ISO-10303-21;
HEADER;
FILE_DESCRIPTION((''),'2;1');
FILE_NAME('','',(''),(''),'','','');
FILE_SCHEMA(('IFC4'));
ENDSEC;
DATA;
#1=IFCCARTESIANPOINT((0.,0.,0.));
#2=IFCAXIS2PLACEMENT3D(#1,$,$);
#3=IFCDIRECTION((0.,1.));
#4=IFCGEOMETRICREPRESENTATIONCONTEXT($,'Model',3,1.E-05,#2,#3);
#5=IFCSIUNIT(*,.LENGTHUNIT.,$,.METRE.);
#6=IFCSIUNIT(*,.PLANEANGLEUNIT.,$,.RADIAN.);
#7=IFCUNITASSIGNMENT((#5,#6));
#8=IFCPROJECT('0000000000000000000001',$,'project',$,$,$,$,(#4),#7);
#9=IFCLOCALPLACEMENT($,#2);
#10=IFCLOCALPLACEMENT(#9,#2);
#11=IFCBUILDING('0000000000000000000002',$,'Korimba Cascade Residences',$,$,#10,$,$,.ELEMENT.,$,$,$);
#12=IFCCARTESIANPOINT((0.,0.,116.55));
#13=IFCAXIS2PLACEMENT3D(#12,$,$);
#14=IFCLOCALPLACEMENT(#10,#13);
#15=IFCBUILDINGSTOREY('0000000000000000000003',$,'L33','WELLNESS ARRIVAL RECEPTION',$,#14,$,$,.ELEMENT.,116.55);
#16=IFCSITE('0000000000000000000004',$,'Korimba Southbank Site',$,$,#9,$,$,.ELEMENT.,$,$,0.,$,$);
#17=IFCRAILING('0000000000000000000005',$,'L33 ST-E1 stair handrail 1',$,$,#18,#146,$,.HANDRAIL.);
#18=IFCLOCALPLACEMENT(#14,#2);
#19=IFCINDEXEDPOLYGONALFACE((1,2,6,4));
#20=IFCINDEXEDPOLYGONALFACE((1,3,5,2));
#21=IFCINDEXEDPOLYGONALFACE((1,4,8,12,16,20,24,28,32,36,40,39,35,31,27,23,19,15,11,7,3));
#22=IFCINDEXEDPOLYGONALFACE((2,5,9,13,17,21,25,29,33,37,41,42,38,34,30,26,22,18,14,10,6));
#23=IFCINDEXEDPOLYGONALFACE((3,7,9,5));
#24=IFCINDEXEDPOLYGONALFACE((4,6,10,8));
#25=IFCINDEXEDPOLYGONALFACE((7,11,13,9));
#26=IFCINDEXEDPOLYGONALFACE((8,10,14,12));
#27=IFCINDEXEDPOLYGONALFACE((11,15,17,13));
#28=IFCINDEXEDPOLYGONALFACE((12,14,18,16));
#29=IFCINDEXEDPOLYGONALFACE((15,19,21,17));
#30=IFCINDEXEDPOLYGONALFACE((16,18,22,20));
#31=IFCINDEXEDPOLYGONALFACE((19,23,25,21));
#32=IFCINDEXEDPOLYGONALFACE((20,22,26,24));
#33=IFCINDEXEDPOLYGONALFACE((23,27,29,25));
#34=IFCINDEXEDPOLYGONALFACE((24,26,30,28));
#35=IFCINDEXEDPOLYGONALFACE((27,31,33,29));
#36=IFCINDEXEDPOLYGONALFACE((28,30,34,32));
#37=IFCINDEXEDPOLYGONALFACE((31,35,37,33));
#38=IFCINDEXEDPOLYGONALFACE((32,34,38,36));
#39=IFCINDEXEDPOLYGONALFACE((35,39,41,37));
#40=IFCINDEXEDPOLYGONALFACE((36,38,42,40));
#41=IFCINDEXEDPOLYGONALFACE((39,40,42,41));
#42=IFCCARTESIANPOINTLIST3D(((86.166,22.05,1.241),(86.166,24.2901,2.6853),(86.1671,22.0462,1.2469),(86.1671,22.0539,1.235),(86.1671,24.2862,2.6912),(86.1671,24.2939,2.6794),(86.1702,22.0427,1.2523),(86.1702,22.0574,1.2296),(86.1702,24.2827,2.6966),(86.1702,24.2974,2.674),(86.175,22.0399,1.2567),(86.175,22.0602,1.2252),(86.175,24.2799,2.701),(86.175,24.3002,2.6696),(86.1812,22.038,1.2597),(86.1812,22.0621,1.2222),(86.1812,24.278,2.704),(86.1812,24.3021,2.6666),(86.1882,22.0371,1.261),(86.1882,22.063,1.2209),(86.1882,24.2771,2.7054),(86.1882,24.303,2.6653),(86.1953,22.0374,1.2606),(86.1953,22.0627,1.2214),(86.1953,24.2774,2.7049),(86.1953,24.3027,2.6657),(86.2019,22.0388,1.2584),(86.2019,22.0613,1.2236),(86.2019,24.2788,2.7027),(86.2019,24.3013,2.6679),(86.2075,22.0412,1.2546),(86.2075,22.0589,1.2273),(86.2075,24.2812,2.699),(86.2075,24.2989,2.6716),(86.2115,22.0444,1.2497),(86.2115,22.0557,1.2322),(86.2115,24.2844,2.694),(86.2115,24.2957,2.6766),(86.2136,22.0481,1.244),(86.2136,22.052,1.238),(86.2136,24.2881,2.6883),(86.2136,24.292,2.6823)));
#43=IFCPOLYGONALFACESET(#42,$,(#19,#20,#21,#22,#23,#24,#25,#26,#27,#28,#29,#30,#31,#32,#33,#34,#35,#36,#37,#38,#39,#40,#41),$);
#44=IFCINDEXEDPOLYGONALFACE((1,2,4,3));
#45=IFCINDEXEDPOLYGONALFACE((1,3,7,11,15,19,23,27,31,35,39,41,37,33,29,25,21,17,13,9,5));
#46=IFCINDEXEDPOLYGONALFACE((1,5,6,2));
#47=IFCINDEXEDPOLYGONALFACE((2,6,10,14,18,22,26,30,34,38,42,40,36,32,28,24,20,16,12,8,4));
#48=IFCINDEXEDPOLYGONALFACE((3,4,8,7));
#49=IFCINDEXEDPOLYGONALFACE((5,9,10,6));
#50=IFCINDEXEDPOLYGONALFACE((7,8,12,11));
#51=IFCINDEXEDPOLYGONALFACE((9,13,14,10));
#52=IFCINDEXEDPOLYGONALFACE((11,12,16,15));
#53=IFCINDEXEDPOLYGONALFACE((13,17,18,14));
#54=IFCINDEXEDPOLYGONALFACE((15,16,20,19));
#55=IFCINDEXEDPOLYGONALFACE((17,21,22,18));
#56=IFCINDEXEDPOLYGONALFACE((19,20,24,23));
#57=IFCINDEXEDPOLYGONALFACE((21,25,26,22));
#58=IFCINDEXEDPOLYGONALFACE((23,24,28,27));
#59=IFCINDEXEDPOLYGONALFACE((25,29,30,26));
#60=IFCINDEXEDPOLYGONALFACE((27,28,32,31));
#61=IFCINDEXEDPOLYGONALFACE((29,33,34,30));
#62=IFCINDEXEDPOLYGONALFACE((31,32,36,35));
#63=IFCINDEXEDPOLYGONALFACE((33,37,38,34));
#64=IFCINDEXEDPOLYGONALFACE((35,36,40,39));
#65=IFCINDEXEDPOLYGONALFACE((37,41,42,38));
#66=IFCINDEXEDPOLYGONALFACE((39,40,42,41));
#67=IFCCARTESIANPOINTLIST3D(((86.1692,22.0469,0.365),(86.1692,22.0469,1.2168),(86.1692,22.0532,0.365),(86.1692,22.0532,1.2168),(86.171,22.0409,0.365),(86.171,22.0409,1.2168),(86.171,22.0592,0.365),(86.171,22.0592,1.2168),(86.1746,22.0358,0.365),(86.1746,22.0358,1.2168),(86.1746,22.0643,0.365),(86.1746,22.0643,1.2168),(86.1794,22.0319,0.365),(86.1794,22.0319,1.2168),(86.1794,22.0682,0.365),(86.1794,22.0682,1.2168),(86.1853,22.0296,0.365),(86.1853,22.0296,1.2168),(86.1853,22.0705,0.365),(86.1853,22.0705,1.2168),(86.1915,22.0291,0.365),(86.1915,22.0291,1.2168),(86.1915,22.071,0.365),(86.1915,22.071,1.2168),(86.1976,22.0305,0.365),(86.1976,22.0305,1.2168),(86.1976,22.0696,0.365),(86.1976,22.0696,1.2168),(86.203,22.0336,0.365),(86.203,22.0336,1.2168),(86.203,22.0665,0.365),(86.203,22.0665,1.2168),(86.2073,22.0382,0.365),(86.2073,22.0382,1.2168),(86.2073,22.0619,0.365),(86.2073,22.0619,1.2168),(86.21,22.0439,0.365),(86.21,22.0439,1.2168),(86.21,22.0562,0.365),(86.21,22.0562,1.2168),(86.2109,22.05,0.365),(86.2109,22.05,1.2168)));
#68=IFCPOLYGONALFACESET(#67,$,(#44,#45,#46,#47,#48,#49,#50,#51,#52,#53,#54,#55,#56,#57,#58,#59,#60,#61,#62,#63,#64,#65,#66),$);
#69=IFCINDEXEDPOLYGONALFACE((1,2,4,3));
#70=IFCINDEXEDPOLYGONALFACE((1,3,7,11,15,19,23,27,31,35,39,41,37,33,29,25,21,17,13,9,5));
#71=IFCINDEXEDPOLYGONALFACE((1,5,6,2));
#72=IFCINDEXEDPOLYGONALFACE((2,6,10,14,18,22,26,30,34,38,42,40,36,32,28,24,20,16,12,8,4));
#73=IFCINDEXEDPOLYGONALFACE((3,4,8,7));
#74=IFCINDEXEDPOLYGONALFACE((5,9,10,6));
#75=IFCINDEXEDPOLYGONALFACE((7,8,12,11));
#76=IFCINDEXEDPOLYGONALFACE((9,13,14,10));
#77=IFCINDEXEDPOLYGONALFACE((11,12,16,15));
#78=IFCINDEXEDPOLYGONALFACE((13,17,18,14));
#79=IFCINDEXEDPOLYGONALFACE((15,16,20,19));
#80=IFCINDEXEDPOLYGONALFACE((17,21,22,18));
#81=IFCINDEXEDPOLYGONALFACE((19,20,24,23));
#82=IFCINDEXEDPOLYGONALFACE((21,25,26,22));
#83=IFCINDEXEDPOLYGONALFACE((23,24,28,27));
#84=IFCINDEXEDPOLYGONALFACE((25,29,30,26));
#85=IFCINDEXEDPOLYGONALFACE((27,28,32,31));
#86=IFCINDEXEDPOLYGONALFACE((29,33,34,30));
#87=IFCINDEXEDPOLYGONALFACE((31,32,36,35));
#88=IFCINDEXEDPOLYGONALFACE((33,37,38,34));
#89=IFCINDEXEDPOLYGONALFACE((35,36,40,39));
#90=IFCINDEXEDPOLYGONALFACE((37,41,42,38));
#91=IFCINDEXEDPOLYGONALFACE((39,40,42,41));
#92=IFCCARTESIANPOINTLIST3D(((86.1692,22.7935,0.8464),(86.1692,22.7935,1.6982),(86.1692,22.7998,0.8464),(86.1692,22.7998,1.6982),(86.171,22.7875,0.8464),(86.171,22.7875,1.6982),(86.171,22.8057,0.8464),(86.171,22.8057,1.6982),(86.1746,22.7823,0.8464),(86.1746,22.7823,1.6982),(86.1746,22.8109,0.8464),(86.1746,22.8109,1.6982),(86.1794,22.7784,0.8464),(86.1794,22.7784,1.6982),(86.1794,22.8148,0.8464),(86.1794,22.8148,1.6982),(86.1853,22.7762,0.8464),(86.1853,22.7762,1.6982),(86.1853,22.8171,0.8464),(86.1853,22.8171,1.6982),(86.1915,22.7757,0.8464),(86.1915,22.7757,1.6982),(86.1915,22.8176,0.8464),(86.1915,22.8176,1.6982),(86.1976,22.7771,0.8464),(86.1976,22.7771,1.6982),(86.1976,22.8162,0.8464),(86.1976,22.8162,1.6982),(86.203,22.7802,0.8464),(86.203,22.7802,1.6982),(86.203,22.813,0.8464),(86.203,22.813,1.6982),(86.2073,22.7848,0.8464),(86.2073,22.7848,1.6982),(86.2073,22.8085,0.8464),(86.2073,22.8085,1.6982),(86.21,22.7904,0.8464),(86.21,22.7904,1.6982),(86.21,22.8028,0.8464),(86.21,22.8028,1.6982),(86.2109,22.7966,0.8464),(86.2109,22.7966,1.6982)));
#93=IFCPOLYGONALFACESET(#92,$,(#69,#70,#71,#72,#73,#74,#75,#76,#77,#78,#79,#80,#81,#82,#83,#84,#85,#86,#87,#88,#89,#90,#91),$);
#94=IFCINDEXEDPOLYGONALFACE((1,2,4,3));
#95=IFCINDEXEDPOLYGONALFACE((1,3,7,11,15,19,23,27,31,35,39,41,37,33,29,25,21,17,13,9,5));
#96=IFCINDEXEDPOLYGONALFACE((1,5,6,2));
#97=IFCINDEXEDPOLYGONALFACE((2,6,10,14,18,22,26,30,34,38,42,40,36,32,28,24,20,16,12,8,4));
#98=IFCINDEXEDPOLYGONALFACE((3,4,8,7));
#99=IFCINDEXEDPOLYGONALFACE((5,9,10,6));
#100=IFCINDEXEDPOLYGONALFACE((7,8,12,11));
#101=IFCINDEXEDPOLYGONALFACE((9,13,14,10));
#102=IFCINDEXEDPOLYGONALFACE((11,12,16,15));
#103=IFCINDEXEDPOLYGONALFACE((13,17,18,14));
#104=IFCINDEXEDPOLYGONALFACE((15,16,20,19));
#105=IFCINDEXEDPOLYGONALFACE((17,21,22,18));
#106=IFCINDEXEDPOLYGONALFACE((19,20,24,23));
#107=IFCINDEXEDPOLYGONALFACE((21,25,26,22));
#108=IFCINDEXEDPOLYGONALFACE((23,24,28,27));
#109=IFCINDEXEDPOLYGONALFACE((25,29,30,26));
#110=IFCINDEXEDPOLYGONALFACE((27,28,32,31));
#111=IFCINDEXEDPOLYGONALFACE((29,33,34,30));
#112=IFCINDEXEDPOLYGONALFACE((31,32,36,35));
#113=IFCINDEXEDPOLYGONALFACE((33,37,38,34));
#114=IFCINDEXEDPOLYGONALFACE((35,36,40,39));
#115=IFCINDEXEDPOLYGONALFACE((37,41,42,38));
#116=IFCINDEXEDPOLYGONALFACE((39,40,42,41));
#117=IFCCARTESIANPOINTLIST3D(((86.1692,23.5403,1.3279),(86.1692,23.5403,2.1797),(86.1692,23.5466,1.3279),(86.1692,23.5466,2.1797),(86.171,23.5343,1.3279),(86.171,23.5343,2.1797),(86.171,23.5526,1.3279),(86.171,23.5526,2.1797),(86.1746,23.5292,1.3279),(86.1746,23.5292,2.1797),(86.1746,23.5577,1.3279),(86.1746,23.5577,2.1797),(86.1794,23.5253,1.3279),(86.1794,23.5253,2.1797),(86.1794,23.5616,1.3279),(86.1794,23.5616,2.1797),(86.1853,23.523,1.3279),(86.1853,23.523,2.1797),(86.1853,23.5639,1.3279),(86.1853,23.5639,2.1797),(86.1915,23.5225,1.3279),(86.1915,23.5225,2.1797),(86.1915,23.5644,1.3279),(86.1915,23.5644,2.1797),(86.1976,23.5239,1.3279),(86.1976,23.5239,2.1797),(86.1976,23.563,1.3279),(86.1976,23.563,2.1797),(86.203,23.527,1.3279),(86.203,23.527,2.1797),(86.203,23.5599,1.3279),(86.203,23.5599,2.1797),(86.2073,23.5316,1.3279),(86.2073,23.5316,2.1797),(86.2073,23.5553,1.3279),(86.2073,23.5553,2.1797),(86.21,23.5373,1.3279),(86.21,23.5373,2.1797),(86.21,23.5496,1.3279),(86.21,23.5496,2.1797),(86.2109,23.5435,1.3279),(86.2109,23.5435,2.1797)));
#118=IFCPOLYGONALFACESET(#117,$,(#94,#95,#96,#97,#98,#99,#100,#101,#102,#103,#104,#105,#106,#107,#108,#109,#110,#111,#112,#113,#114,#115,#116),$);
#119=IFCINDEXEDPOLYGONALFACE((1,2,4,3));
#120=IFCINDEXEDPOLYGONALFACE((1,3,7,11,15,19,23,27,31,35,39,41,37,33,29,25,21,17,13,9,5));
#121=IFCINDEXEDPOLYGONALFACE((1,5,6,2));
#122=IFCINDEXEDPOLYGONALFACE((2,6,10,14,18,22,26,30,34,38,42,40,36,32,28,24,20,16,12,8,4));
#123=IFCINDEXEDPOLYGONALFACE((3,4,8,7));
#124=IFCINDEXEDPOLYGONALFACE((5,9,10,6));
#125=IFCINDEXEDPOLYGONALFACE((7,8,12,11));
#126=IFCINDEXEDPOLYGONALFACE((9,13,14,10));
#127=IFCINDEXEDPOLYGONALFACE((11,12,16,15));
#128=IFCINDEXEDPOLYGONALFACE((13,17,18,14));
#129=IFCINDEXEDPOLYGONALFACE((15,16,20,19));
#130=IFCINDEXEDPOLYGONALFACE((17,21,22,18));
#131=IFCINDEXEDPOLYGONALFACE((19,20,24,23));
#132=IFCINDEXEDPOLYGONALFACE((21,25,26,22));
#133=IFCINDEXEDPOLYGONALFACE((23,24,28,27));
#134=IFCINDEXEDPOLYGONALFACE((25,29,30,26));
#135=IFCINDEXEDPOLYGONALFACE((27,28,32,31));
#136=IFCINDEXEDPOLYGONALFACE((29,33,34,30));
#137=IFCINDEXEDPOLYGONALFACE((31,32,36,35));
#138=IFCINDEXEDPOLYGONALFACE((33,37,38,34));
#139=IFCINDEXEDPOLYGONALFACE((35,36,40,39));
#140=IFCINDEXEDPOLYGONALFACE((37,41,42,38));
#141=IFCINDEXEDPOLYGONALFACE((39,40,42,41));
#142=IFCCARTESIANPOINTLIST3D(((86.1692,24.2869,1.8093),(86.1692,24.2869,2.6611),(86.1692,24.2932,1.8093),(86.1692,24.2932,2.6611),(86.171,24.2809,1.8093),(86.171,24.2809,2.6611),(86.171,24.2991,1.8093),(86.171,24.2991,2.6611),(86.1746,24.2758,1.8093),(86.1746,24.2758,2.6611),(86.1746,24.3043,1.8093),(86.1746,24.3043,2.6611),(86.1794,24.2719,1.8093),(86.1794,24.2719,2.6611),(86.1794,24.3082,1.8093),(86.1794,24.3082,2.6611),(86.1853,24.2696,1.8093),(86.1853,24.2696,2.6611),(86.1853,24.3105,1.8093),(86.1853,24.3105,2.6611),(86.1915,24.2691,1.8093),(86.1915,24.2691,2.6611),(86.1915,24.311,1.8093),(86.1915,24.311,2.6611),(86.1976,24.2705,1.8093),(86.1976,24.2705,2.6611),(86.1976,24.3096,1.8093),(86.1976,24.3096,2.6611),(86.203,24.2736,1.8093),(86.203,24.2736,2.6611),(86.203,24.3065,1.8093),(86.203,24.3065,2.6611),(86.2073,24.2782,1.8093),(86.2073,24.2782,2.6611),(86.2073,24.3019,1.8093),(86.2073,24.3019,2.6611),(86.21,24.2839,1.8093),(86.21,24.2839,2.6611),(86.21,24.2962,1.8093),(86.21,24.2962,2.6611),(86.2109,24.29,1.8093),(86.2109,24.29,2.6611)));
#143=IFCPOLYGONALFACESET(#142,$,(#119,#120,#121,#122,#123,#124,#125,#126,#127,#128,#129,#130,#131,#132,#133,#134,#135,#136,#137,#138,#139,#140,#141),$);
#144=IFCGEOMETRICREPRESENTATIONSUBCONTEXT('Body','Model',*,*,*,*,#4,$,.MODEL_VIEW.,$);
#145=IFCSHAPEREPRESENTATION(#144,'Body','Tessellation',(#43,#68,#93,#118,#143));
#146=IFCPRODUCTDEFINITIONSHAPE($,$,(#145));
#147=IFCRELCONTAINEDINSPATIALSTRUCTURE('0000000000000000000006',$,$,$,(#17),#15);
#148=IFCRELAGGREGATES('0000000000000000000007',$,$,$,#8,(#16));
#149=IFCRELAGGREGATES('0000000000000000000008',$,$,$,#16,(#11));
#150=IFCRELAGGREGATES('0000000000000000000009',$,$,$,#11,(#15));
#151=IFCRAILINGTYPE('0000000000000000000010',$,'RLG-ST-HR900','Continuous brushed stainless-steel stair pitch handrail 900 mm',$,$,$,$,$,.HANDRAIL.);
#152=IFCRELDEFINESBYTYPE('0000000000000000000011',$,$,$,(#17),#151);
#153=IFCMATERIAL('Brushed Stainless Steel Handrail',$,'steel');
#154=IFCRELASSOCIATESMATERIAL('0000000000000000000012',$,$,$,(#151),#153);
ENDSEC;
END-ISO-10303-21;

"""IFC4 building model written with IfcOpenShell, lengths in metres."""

from ifc_helpers import new_model, si_unit, direction, frame, origin, origin_2d, place, context, subcontext, project, spatial, circle, extrude, material, type_object, element, save


model = new_model("IFC4")

# Units and contexts
model_context = context("Model", 3, precision=1e-05, world=origin(), true_north=direction((0.0, 1.0)))
body_context = subcontext(model_context, "Body", "Model", "MODEL_VIEW")
ifc_project = project(units=[si_unit("LENGTHUNIT", "METRE"), si_unit("PLANEANGLEUNIT", "RADIAN")], contexts=[model_context])

# Site, building, storey
site_placement = place(None, origin())
site = spatial("IfcSite", under=ifc_project, at=site_placement, Name="Korimba Southbank Site", CompositionType="ELEMENT", RefElevation=0.0)
building_placement = place(site_placement, origin())
building = spatial("IfcBuilding", under=site, at=building_placement, Name="Korimba Cascade Residences", CompositionType="ELEMENT")
storey_placement = place(building_placement, frame((0.0, 0.0, 116.55)))
storey = spatial("IfcBuildingStorey", under=building, at=storey_placement, Name="L33", Description="WELLNESS ARRIVAL RECEPTION", CompositionType="ELEMENT", Elevation=116.55)

# Railing
ifc_material_1 = material(Name="Brushed Stainless Steel Handrail", Category="steel")
railing_type = type_object("IfcRailingType", Name="RLG-ST-HR900", Description="Continuous brushed stainless-steel stair pitch handrail 900 mm", PredefinedType="HANDRAIL", material=ifc_material_1)
railing_placement = place(storey_placement, frame((86.1899, 22.05, 0.365)))
element("IfcRailing", 1, at=railing_placement, inside=storey, type_object=railing_type, Name="L33 ST-E1 stair handrail 1", PredefinedType="HANDRAIL", context=body_context, shape_type="SweptSolid", body=[
    extrude(circle(Radius=0.0239, at=origin_2d()), frame((0.0, 0.0, 0.876), z_axis=(0.0, 0.840437, 0.54191), x_axis=(-1.0, 0.0, 0.0)), (0.0, 0.0, 1.0), 2.6653),
    extrude(circle(Radius=0.021, at=origin_2d()), origin(), (0.0, 0.0, 1.0), 0.8518),
    extrude(circle(Radius=0.021, at=origin_2d()), frame((0.0, 0.7466, 0.4814)), (0.0, 0.0, 1.0), 0.8518),
    extrude(circle(Radius=0.021, at=origin_2d()), frame((0.0, 1.4934, 0.9629)), (0.0, 0.0, 1.0), 0.8518),
    extrude(circle(Radius=0.021, at=origin_2d()), frame((0.0, 2.24, 1.4443)), (0.0, 0.0, 1.0), 0.8518),
])

save(model, "model.ifc")
